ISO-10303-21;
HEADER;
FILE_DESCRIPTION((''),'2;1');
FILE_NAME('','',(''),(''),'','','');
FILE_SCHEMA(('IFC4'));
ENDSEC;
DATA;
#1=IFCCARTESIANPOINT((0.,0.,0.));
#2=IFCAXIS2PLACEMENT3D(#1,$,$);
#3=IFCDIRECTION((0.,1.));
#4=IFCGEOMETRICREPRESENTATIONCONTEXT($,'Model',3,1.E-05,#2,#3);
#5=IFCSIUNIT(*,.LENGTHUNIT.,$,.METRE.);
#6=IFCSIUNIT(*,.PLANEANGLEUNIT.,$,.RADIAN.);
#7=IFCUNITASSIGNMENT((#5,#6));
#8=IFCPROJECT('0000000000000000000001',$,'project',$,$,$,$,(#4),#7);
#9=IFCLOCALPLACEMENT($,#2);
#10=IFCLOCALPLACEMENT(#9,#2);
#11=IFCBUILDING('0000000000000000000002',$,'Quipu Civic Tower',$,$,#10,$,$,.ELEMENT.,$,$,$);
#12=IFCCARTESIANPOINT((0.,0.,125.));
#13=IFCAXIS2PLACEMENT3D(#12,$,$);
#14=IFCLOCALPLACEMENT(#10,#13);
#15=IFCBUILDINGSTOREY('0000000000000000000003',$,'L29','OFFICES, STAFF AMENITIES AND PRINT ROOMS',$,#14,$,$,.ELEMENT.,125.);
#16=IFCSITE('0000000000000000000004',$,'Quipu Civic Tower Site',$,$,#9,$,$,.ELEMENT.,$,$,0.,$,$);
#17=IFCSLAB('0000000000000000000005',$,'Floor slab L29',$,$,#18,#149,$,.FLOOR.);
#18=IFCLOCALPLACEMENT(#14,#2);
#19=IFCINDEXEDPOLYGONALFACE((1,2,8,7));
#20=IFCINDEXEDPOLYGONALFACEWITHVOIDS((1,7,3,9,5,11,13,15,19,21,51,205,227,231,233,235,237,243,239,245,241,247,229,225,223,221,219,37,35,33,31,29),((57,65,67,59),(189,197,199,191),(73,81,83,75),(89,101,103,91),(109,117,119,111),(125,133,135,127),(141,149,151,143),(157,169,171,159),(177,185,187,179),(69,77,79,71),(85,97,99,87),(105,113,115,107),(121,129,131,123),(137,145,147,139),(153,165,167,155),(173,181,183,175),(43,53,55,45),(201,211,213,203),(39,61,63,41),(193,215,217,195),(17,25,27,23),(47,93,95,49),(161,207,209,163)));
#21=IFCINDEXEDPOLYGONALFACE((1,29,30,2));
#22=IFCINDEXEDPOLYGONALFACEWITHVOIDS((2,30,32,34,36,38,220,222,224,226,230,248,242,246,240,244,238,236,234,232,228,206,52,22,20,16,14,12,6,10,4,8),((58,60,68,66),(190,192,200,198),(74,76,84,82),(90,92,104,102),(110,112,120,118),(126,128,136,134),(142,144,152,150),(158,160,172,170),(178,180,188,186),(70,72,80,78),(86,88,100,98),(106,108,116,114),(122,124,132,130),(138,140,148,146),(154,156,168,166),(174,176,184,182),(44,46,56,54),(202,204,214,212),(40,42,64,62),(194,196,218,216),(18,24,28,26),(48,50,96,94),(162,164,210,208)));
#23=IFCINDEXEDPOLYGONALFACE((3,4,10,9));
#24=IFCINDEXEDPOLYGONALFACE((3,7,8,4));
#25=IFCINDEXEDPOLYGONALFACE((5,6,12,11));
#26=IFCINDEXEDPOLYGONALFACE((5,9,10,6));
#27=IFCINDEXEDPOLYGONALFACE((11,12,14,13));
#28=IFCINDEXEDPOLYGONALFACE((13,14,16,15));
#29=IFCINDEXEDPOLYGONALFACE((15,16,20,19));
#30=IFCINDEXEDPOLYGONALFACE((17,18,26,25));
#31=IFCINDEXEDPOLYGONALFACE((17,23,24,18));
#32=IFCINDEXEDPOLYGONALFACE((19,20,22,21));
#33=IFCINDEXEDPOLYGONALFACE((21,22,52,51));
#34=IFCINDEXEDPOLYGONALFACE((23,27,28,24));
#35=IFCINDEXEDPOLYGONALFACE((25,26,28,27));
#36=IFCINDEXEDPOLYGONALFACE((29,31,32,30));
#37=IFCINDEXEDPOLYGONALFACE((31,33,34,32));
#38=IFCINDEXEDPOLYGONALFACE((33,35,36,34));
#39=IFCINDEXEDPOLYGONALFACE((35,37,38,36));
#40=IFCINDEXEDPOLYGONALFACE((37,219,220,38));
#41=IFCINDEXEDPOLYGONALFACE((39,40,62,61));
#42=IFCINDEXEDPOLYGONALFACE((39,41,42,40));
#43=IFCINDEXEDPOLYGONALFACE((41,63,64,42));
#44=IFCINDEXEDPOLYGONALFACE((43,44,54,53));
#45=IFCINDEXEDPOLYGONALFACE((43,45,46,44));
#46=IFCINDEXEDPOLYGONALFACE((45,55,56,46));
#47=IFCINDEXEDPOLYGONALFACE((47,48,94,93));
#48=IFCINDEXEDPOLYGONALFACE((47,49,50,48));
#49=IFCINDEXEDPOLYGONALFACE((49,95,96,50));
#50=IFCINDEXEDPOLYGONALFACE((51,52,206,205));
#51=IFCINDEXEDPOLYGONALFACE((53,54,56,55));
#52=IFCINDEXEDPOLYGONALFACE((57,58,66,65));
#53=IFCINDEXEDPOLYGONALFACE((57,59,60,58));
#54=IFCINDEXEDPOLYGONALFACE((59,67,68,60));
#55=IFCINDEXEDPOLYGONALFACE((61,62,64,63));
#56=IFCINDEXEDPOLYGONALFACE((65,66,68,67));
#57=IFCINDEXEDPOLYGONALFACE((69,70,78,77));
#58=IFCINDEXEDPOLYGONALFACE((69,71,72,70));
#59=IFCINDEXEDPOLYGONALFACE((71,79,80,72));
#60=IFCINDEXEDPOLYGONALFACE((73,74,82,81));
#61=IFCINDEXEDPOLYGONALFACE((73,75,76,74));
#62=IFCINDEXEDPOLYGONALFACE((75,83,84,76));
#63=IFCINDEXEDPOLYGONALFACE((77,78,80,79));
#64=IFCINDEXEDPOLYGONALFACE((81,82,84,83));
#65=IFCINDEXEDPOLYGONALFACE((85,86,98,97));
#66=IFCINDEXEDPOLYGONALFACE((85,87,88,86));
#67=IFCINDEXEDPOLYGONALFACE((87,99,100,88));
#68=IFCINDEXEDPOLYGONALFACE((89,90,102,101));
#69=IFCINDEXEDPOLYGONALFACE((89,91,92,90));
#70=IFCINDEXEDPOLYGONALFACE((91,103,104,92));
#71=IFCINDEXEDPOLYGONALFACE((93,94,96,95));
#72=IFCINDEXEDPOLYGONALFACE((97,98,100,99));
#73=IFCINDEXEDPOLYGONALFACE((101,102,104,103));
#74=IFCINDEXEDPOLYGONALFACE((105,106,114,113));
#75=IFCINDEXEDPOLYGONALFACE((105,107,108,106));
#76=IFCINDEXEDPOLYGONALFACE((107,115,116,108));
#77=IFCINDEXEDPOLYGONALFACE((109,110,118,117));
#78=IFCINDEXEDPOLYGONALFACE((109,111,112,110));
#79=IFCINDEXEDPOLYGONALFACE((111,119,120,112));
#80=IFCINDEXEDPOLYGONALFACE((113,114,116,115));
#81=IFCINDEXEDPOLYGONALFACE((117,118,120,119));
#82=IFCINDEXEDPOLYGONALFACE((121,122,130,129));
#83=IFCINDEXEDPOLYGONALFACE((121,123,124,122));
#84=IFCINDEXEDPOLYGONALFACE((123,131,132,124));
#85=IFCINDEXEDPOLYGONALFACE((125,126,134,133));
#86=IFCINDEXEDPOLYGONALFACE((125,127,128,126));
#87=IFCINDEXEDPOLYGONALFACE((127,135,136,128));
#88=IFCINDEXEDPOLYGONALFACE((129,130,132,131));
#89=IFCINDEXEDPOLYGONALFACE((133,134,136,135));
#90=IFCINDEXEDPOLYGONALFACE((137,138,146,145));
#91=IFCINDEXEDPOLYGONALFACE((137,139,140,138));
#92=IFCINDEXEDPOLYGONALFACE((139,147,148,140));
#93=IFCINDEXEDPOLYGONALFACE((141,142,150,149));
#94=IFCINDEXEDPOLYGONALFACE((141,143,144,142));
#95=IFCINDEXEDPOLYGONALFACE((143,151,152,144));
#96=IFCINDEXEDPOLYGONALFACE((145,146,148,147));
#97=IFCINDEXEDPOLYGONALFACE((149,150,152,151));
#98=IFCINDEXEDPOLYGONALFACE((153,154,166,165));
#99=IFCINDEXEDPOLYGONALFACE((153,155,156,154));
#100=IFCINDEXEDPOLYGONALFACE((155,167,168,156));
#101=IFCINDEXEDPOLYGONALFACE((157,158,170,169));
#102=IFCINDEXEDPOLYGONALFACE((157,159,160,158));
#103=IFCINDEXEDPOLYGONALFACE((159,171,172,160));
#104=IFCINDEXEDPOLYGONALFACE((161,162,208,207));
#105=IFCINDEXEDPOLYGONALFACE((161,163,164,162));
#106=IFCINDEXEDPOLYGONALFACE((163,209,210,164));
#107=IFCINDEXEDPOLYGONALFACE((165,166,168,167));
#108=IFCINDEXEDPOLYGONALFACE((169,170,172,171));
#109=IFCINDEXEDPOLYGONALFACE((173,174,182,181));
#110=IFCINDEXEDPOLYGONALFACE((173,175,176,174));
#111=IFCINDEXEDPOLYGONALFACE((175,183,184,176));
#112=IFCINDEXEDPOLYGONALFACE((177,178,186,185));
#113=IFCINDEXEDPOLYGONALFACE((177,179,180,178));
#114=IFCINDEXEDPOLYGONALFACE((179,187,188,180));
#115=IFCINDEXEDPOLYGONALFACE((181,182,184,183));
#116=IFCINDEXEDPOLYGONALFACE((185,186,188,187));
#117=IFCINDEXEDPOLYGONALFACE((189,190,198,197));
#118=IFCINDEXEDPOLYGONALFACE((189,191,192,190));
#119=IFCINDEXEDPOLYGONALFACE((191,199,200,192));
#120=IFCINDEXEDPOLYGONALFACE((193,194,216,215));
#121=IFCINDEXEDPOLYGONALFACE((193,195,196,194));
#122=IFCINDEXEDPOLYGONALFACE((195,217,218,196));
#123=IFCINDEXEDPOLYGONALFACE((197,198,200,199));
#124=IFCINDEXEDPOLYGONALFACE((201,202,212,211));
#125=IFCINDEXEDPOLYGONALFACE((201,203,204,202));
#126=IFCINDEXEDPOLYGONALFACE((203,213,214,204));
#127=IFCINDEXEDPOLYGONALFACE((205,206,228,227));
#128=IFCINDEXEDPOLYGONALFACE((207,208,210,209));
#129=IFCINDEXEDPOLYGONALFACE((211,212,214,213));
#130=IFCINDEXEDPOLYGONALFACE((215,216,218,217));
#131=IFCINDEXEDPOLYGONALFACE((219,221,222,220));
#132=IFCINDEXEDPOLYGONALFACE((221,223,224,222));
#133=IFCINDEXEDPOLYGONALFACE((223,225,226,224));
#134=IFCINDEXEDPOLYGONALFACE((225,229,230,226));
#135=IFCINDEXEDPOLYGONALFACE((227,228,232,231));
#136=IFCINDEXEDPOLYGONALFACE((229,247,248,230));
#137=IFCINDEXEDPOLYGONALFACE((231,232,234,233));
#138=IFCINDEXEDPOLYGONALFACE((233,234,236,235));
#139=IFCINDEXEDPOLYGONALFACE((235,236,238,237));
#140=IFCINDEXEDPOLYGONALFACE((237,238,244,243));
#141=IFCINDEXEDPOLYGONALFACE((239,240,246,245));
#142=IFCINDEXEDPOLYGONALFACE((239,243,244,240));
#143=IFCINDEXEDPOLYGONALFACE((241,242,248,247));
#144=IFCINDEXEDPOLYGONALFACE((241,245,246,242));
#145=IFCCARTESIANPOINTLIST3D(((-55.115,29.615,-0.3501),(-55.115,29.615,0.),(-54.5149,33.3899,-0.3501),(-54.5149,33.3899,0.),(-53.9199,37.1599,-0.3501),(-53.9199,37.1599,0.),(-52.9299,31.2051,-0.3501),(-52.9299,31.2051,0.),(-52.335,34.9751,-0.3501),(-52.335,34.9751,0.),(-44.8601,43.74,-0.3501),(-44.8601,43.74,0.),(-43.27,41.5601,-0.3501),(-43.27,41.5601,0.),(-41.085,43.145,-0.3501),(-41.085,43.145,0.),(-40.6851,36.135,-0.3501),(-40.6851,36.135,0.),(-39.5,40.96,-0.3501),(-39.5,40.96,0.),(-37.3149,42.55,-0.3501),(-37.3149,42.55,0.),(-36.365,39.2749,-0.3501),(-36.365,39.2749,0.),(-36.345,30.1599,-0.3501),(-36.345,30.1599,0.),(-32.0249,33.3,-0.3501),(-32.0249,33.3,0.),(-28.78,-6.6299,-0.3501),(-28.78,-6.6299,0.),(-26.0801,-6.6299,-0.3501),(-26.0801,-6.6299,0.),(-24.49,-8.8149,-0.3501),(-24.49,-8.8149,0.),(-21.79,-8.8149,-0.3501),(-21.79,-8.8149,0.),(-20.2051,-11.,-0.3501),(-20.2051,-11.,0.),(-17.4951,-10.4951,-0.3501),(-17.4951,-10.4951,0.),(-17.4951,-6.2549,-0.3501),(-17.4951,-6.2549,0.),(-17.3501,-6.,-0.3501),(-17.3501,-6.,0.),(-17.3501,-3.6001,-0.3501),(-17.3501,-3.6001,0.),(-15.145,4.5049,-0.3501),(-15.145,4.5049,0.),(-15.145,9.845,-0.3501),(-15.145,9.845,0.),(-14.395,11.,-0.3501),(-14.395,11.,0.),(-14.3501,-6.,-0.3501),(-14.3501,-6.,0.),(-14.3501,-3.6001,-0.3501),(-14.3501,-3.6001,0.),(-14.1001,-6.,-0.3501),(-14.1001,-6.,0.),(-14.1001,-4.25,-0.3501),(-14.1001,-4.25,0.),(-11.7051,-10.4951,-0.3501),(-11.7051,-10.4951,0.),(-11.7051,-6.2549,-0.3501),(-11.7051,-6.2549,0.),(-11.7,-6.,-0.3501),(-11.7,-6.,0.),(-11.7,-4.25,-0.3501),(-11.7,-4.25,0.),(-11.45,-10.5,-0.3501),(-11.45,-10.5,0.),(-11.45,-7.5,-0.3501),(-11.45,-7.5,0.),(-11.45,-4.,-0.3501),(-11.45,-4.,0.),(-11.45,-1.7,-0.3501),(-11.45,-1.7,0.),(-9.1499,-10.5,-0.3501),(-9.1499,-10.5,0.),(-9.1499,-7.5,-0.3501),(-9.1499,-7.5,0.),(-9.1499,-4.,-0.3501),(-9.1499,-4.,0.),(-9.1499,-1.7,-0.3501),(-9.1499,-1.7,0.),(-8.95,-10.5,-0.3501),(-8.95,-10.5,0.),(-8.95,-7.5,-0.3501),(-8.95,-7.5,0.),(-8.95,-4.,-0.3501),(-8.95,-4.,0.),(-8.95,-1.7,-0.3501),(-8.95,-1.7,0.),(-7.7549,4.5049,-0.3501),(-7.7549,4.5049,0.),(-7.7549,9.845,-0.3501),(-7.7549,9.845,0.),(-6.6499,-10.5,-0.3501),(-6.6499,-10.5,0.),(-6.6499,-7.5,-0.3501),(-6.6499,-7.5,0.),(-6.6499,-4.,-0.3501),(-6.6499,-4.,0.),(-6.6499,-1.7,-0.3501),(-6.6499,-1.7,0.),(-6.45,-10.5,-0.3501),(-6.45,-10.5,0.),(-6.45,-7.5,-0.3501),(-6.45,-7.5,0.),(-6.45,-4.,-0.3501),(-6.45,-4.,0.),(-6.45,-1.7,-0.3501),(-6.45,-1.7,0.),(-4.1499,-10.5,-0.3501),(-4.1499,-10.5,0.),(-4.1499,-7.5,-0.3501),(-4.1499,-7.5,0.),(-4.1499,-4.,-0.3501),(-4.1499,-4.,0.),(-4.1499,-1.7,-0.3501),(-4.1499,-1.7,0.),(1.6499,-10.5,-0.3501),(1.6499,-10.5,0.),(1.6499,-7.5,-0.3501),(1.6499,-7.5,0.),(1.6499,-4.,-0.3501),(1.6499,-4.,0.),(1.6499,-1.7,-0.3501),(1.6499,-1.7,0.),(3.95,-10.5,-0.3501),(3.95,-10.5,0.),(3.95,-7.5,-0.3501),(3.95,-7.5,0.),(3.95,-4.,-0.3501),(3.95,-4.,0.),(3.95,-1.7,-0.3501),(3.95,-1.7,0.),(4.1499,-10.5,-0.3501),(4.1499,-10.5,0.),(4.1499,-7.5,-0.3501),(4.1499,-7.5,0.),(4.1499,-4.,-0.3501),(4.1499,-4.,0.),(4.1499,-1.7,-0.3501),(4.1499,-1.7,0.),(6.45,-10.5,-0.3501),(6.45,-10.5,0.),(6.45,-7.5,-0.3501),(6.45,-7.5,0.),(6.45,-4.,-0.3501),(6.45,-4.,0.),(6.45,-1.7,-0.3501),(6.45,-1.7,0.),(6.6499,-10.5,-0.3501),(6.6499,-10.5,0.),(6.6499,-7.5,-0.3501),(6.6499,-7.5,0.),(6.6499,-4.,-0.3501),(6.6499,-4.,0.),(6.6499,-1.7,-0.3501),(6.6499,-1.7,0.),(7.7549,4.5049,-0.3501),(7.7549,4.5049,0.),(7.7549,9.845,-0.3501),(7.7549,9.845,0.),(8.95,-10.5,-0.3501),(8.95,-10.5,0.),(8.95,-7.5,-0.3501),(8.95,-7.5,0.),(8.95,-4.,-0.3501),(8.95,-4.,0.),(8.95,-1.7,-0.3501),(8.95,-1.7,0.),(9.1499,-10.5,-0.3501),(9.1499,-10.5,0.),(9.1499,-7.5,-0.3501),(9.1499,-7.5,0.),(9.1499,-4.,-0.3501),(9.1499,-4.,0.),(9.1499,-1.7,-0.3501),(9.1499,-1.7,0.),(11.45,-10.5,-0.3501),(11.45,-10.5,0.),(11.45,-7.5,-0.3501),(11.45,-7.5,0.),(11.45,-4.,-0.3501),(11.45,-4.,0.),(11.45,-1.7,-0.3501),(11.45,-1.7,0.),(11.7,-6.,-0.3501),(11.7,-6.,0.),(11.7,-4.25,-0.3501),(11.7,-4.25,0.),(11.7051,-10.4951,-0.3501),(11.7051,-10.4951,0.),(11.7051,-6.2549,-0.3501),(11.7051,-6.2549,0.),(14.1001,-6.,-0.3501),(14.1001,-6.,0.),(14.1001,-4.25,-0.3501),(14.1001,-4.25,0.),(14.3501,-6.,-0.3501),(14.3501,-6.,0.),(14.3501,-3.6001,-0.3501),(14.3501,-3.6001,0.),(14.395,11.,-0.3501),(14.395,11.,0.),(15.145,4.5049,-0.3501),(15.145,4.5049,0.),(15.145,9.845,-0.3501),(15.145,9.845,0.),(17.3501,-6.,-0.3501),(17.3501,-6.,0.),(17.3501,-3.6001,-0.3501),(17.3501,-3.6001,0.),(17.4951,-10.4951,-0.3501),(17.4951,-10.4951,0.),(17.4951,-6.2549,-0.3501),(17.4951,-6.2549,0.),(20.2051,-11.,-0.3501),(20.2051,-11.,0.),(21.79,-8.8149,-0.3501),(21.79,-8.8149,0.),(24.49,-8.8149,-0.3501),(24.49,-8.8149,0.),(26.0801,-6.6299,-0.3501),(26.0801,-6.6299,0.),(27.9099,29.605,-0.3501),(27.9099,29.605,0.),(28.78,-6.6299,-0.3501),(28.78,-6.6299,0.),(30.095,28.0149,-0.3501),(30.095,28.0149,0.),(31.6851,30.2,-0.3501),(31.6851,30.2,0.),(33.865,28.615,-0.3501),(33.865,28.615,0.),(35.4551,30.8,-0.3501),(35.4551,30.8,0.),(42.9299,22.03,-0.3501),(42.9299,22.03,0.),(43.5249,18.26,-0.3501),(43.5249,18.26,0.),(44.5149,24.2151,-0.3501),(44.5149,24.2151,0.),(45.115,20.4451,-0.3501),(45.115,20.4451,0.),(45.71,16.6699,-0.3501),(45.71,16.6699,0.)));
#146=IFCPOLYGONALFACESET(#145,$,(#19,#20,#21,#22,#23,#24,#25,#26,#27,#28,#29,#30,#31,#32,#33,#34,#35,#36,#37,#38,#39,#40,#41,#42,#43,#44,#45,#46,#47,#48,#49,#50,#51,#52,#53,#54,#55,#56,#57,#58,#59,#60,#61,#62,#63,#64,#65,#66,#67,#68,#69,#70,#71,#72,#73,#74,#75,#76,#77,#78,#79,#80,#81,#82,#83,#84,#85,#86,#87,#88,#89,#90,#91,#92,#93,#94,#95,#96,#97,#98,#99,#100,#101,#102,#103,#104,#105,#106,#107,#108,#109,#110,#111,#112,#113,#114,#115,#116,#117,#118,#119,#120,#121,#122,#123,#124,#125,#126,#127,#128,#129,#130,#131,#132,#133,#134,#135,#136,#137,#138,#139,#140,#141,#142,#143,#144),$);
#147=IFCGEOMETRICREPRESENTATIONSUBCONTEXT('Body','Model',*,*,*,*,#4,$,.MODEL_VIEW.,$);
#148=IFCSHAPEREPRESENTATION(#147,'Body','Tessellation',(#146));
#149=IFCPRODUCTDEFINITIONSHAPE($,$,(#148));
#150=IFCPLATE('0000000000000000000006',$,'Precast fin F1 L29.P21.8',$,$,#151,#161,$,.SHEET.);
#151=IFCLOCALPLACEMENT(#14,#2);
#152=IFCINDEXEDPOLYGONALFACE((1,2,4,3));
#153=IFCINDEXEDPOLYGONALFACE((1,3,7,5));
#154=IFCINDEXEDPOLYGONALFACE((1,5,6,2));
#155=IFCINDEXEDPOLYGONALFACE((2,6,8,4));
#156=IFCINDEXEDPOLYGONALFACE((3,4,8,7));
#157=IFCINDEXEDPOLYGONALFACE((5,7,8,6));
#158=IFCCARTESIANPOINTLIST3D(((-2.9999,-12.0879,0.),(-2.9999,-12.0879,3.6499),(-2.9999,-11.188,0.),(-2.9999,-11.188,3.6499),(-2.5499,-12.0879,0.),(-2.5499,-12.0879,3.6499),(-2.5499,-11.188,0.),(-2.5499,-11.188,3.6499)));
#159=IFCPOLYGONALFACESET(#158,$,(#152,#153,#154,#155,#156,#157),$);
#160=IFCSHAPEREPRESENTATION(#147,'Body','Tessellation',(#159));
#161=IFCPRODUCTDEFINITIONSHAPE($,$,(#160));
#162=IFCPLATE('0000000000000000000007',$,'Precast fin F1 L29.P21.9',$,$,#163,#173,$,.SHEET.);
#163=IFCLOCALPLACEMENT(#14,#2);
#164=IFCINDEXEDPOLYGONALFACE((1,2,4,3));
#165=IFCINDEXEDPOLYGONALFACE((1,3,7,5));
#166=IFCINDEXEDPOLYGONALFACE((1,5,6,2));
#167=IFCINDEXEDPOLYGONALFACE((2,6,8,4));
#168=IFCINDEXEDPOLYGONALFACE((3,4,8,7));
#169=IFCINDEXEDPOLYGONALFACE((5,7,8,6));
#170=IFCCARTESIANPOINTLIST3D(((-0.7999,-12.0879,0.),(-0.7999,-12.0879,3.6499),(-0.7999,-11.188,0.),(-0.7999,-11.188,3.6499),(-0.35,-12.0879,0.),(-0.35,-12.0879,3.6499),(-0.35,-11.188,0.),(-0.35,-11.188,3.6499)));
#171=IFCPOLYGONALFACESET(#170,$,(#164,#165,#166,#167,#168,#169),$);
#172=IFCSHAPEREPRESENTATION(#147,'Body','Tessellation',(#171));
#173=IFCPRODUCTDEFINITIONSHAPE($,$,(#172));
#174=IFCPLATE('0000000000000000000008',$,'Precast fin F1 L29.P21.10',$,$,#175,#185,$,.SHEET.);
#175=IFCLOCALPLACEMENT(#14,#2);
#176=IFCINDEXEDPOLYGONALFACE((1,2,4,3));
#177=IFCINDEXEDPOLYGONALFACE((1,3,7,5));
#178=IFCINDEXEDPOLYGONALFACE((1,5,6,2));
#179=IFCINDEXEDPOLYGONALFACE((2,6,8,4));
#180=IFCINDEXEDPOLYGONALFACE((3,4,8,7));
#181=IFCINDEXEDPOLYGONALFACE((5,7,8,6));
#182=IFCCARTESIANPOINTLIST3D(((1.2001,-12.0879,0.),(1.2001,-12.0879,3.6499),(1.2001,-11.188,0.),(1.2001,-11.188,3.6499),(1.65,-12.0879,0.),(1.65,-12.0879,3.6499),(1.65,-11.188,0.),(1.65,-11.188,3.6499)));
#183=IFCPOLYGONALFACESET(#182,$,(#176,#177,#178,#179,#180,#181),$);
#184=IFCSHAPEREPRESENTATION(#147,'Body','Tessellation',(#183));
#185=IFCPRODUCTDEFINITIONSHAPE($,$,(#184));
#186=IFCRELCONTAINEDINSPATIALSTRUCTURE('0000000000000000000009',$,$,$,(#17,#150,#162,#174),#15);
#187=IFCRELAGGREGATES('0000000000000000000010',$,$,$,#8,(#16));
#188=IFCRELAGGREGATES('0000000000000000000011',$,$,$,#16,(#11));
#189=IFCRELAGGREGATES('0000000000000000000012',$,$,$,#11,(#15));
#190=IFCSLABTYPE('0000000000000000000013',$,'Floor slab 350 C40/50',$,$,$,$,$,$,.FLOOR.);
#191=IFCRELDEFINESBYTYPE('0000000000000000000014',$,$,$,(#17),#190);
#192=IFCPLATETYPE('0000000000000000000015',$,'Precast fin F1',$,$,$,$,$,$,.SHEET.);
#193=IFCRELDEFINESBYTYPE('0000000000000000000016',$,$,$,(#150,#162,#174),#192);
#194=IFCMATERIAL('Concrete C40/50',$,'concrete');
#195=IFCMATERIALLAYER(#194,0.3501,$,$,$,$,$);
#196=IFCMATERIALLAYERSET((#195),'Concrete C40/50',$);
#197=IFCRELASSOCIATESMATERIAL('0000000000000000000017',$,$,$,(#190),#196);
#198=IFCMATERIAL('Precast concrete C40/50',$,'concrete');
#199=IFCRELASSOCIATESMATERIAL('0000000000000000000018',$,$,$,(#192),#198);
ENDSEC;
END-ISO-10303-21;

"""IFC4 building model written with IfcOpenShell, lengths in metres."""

from ifc_helpers import new_model, si_unit, direction, frame, origin, origin_2d, place, context, subcontext, project, spatial, polyline, rectangle, outline, extrude, material, layer, layer_set, type_object, element, save


model = new_model("IFC4")

# Units and contexts
model_context = context("Model", 3, precision=1e-05, world=origin(), true_north=direction((0.0, 1.0)))
body_context = subcontext(model_context, "Body", "Model", "MODEL_VIEW")
ifc_project = project(units=[si_unit("LENGTHUNIT", "METRE"), si_unit("PLANEANGLEUNIT", "RADIAN")], contexts=[model_context])

# Site, building, storey
site_placement = place(None, origin())
site = spatial("IfcSite", under=ifc_project, at=site_placement, Name="Quipu Civic Tower Site", CompositionType="ELEMENT", RefElevation=0.0)
building_placement = place(site_placement, origin())
building = spatial("IfcBuilding", under=site, at=building_placement, Name="Quipu Civic Tower", CompositionType="ELEMENT")
storey_placement = place(building_placement, frame((0.0, 0.0, 125.0)))
storey = spatial("IfcBuildingStorey", under=building, at=storey_placement, Name="L29", Description="OFFICES, STAFF AMENITIES AND PRINT ROOMS", CompositionType="ELEMENT", Elevation=125.0)

# Slab
ifc_material_1 = material(Name="Concrete C40/50", Category="concrete")
ifc_layer_1 = layer(ifc_material_1, 0.3501)
ifc_layer_set_1 = layer_set([ifc_layer_1], Name="Concrete C40/50")
slab_type_1 = type_object("IfcSlabType", Name="Floor slab 350 C40/50", PredefinedType="FLOOR", material=ifc_layer_set_1)
slab_1_placement = place(storey_placement, frame((0.0, 0.0, -0.3501)))
element("IfcSlab", 1, at=slab_1_placement, inside=storey, type_object=slab_type_1, Name="Floor slab L29", PredefinedType="FLOOR", context=body_context, shape_type="SweptSolid", body=[
    extrude(outline(polyline([(27.9099, 29.605), (30.095, 28.0149), (31.6851, 30.2), (33.865, 28.615), (35.4551, 30.8), (44.5149, 24.2151), (42.9299, 22.03), (45.115, 20.4451), (43.5249, 18.26), (45.71, 16.6699), (28.78, -6.6299), (26.0801, -6.6299), (24.49, -8.8149), (21.79, -8.8149), (20.2051, -11.0), (-20.2051, -11.0), (-21.79, -8.8149), (-24.49, -8.8149), (-26.0801, -6.6299), (-28.78, -6.6299), (-55.115, 29.615), (-52.9299, 31.2051), (-54.5149, 33.3899), (-52.335, 34.9751), (-53.9199, 37.1599), (-44.8601, 43.74), (-43.27, 41.5601), (-41.085, 43.145), (-39.5, 40.96), (-37.3149, 42.55), (-14.395, 11.0), (14.395, 11.0), (27.9099, 29.605)]), holes=[polyline([(-11.45, -7.5), (-11.45, -10.5), (-9.1499, -10.5), (-9.1499, -7.5), (-11.45, -7.5)]), polyline([(-8.95, -7.5), (-8.95, -10.5), (-6.6499, -10.5), (-6.6499, -7.5), (-8.95, -7.5)]), polyline([(-6.45, -7.5), (-6.45, -10.5), (-4.1499, -10.5), (-4.1499, -7.5), (-6.45, -7.5)]), polyline([(-11.7051, -10.4951), (-11.7051, -6.2549), (-17.4951, -6.2549), (-17.4951, -10.4951), (-11.7051, -10.4951)]), polyline([(-11.7, -4.25), (-14.1001, -4.25), (-14.1001, -6.0), (-11.7, -6.0), (-11.7, -4.25)]), polyline([(-17.3501, -3.6001), (-17.3501, -6.0), (-14.3501, -6.0), (-14.3501, -3.6001), (-17.3501, -3.6001)]), polyline([(-9.1499, -1.7), (-11.45, -1.7), (-11.45, -4.0), (-9.1499, -4.0), (-9.1499, -1.7)]), polyline([(-6.6499, -1.7), (-8.95, -1.7), (-8.95, -4.0), (-6.6499, -4.0), (-6.6499, -1.7)]), polyline([(-6.45, -1.7), (-6.45, -4.0), (-4.1499, -4.0), (-4.1499, -1.7), (-6.45, -1.7)]), polyline([(3.95, -1.7), (1.6499, -1.7), (1.6499, -4.0), (3.95, -4.0), (3.95, -1.7)]), polyline([(-7.7549, 4.5049), (-7.7549, 9.845), (-15.145, 9.845), (-15.145, 4.5049), (-7.7549, 4.5049)]), polyline([(-40.6851, 36.135), (-36.345, 30.1599), (-32.0249, 33.3), (-36.365, 39.2749), (-40.6851, 36.135)]), polyline([(3.95, -7.5), (1.6499, -7.5), (1.6499, -10.5), (3.95, -10.5), (3.95, -7.5)]), polyline([(6.45, -7.5), (4.1499, -7.5), (4.1499, -10.5), (6.45, -10.5), (6.45, -7.5)]), polyline([(6.6499, -7.5), (6.6499, -10.5), (8.95, -10.5), (8.95, -7.5), (6.6499, -7.5)]), polyline([(11.45, -7.5), (9.1499, -7.5), (9.1499, -10.5), (11.45, -10.5), (11.45, -7.5)]), polyline([(11.7051, -6.2549), (11.7051, -10.4951), (17.4951, -10.4951), (17.4951, -6.2549), (11.7051, -6.2549)]), polyline([(11.7, -4.25), (11.7, -6.0), (14.1001, -6.0), (14.1001, -4.25), (11.7, -4.25)]), polyline([(17.3501, -3.6001), (14.3501, -3.6001), (14.3501, -6.0), (17.3501, -6.0), (17.3501, -3.6001)]), polyline([(6.45, -1.7), (4.1499, -1.7), (4.1499, -4.0), (6.45, -4.0), (6.45, -1.7)]), polyline([(6.6499, -1.7), (6.6499, -4.0), (8.95, -4.0), (8.95, -1.7), (6.6499, -1.7)]), polyline([(11.45, -1.7), (9.1499, -1.7), (9.1499, -4.0), (11.45, -4.0), (11.45, -1.7)]), polyline([(7.7549, 9.845), (7.7549, 4.5049), (15.145, 4.5049), (15.145, 9.845), (7.7549, 9.845)])]), origin(), (0.0, 0.0, 1.0), 0.3501),
])

# Plates
ifc_material_2 = material(Name="Precast concrete C40/50", Category="concrete")
plate_type = type_object("IfcPlateType", Name="Precast fin F1", PredefinedType="SHEET", material=ifc_material_2)
for number, where, z_axis, x_axis, name in (
    (2, (-2.7749, -11.6379, 0.0), (0.0, 0.0, 1.0), (1.0, 0.0, 0.0), "Precast fin F1 L29.P21.8"),
    (3, (-0.575, -11.6379, 0.0), (0.0, 0.0, 1.0), (1.0, 0.0, 0.0), "Precast fin F1 L29.P21.9"),
    (4, (1.425, -11.6379, 0.0), (0.0, 0.0, 1.0), (1.0, 0.0, 0.0), "Precast fin F1 L29.P21.10"),
):
    element("IfcPlate", number, at=place(storey_placement, frame(where, z_axis=z_axis, x_axis=x_axis)), inside=storey, type_object=plate_type, Name=name, PredefinedType="SHEET", context=body_context, shape_type="SweptSolid", body=[
        extrude(rectangle(XDim=0.45, YDim=0.8999, at=origin_2d()), origin(), (0.0, 0.0, 1.0), 3.6499),
    ])

save(model, "model.ifc")
